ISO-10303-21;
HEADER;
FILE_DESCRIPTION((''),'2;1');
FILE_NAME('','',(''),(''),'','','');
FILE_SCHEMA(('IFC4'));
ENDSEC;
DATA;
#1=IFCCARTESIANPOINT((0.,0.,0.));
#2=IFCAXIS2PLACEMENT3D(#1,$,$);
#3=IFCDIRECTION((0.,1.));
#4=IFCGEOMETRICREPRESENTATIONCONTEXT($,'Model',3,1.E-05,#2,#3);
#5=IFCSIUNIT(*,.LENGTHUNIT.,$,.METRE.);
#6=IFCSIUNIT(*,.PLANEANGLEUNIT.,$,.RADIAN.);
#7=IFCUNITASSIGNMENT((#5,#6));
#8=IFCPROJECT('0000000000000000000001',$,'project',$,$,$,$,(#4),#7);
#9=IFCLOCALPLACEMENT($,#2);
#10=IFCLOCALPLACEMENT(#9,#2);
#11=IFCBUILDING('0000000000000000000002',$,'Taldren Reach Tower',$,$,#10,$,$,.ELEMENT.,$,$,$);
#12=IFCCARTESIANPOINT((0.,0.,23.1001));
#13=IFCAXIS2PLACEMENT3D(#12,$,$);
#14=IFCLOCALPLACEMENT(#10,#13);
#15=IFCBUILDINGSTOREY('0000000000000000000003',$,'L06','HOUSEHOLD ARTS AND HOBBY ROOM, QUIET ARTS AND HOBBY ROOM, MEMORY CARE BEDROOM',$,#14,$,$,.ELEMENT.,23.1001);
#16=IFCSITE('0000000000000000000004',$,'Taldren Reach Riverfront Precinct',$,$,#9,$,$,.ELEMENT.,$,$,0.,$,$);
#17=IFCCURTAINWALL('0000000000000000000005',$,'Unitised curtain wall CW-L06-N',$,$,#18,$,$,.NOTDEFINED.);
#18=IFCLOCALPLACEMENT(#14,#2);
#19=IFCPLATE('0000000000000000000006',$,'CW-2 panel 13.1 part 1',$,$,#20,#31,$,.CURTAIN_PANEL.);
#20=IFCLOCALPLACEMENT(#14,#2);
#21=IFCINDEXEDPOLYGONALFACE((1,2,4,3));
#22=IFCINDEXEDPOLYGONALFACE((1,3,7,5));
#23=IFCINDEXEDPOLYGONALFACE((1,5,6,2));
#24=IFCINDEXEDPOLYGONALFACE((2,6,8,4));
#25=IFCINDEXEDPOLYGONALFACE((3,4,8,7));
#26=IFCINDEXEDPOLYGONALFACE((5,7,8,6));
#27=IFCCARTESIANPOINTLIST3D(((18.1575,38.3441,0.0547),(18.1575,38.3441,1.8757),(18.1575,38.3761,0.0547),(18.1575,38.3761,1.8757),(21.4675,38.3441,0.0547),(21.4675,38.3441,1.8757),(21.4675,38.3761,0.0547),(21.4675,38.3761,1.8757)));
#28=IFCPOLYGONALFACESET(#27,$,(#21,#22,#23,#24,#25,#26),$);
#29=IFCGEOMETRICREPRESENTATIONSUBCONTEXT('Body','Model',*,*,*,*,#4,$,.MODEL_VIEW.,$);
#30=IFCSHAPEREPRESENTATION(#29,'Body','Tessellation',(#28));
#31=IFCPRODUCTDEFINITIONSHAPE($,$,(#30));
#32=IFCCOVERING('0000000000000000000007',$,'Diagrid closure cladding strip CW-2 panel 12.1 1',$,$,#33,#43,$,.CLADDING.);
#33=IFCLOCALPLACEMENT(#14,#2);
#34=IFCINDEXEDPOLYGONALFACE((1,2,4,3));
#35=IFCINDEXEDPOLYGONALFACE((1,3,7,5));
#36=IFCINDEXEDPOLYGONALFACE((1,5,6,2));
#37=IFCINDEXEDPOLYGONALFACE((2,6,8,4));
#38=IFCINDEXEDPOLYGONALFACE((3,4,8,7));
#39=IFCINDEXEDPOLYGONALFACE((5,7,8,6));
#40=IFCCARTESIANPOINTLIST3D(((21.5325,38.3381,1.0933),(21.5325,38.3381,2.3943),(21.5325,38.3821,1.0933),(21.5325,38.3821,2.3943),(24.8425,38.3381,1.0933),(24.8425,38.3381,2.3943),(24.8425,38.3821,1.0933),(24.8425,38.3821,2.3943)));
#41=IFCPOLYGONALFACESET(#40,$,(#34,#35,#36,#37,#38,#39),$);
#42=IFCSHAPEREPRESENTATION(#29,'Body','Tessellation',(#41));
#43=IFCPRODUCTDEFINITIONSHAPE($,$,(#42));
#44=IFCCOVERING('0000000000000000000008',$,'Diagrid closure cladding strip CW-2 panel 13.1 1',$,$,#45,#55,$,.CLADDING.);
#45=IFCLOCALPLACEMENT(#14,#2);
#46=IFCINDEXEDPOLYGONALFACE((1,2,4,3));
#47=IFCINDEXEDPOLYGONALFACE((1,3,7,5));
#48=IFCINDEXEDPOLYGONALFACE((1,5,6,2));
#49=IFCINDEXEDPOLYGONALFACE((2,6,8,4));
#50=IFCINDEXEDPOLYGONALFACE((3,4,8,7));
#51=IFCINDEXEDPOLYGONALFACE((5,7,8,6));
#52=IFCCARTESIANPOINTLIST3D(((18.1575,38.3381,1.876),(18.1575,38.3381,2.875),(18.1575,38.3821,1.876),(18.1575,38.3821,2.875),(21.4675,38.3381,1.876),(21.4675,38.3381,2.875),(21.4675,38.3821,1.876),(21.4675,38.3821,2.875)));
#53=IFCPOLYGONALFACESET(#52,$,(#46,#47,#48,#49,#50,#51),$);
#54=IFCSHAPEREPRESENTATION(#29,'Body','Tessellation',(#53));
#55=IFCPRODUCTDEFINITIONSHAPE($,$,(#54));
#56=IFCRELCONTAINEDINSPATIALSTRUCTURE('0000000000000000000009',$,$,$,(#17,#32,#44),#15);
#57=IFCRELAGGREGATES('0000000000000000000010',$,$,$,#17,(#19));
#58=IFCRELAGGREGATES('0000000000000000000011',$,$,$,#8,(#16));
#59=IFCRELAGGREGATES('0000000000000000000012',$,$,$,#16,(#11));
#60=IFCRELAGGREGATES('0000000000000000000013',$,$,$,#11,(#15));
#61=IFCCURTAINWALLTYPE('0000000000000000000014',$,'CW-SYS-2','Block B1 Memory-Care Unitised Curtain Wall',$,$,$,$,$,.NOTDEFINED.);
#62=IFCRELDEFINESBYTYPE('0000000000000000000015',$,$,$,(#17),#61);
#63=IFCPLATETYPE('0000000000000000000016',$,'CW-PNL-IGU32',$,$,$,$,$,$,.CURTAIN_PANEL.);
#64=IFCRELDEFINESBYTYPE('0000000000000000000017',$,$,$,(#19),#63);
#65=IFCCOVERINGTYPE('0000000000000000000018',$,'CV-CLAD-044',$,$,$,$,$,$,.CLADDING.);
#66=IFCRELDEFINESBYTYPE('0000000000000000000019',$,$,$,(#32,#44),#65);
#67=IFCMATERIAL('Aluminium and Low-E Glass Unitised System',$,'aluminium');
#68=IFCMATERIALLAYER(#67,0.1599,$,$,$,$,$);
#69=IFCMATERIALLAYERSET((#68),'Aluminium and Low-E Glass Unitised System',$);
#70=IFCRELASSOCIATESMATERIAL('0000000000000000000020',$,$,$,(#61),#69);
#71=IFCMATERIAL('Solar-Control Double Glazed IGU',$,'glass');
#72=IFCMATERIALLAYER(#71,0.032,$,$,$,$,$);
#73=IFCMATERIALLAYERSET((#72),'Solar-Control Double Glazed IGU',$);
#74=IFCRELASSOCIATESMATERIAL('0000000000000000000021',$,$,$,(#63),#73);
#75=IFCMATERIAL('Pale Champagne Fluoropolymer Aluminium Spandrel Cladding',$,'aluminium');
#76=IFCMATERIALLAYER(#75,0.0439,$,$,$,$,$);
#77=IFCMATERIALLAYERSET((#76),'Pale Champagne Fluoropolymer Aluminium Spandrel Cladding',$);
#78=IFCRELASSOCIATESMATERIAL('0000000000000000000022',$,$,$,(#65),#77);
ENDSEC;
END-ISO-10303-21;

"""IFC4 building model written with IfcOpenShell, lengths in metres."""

from ifc_helpers import new_model, si_unit, direction, frame, origin, origin_2d, place, context, subcontext, project, spatial, rectangle, extrude, source, transform, mapped, material, layer, layer_set, type_object, element, aggregate, save


model = new_model("IFC4")

# Units and contexts
model_context = context("Model", 3, precision=1e-05, world=origin(), true_north=direction((0.0, 1.0)))
body_context = subcontext(model_context, "Body", "Model", "MODEL_VIEW")
ifc_project = project(units=[si_unit("LENGTHUNIT", "METRE"), si_unit("PLANEANGLEUNIT", "RADIAN")], contexts=[model_context])

# Site, building, storey
site_placement = place(None, origin())
site = spatial("IfcSite", under=ifc_project, at=site_placement, Name="Taldren Reach Riverfront Precinct", CompositionType="ELEMENT", RefElevation=0.0)
building_placement = place(site_placement, origin())
building = spatial("IfcBuilding", under=site, at=building_placement, Name="Taldren Reach Tower", CompositionType="ELEMENT")
storey_placement = place(building_placement, frame((0.0, 0.0, 23.1001)))
storey = spatial("IfcBuildingStorey", under=building, at=storey_placement, Name="L06", Description="HOUSEHOLD ARTS AND HOBBY ROOM, QUIET ARTS AND HOBBY ROOM, MEMORY CARE BEDROOM", CompositionType="ELEMENT", Elevation=23.1001)

# Curtain wall
ifc_material_1 = material(Name="Aluminium and Low-E Glass Unitised System", Category="aluminium")
ifc_layer_1 = layer(ifc_material_1, 0.1599)
ifc_layer_set_1 = layer_set([ifc_layer_1], Name="Aluminium and Low-E Glass Unitised System")
curtain_wall_type = type_object("IfcCurtainWallType", Name="CW-SYS-2", Description="Block B1 Memory-Care Unitised Curtain Wall", PredefinedType="NOTDEFINED", material=ifc_layer_set_1)
curtain_wall_placement = place(storey_placement, origin())
curtain_wall = element("IfcCurtainWall", 1, at=curtain_wall_placement, inside=storey, type_object=curtain_wall_type, Name="Unitised curtain wall CW-L06-N", PredefinedType="NOTDEFINED")

# Plate
ifc_material_2 = material(Name="Solar-Control Double Glazed IGU", Category="glass")
ifc_layer_2 = layer(ifc_material_2, 0.032)
ifc_layer_set_2 = layer_set([ifc_layer_2], Name="Solar-Control Double Glazed IGU")
plate_type_1 = type_object("IfcPlateType", Name="CW-PNL-IGU32", PredefinedType="CURTAIN_PANEL", material=ifc_layer_set_2)
shared_shape_1 = source(origin(), body_context, "Body", "SweptSolid", [
    extrude(rectangle(XDim=3.3101, YDim=0.032, at=origin_2d()), origin(), (0.0, 0.0, 1.0), 1.821),
])
plate_1_placement = place(storey_placement, frame((19.8125, 38.3601, 0.0547), z_axis=(0.0, 0.0, 1.0), x_axis=(-1.0, 0.0, 0.0)))
plate_1 = element("IfcPlate", 2, at=plate_1_placement, type_object=plate_type_1, Name="CW-2 panel 13.1 part 1", PredefinedType="CURTAIN_PANEL", context=body_context, shape_type="MappedRepresentation", body=[
    mapped(shared_shape_1, transform((0.0, 0.0, 0.0), scale=1.0)),
])
aggregate(curtain_wall, [plate_1])

# Coverings
ifc_material_3 = material(Name="Pale Champagne Fluoropolymer Aluminium Spandrel Cladding", Category="aluminium")
ifc_layer_3 = layer(ifc_material_3, 0.0439)
ifc_layer_set_3 = layer_set([ifc_layer_3], Name="Pale Champagne Fluoropolymer Aluminium Spandrel Cladding")
covering_type = type_object("IfcCoveringType", Name="CV-CLAD-044", PredefinedType="CLADDING", material=ifc_layer_set_3)
shared_shape_2 = source(origin(), body_context, "Body", "SweptSolid", [
    extrude(rectangle(XDim=3.3101, YDim=0.0439, at=origin_2d()), origin(), (0.0, 0.0, 1.0), 1.301),
])
covering_1_placement = place(storey_placement, frame((23.1875, 38.3601, 1.0933), z_axis=(0.0, 0.0, 1.0), x_axis=(-1.0, 0.0, 0.0)))
element("IfcCovering", 3, at=covering_1_placement, inside=storey, type_object=covering_type, Name="Diagrid closure cladding strip CW-2 panel 12.1 1", PredefinedType="CLADDING", context=body_context, shape_type="MappedRepresentation", body=[
    mapped(shared_shape_2, transform((0.0, 0.0, 0.0), scale=1.0)),
])
shared_shape_3 = source(origin(), body_context, "Body", "SweptSolid", [
    extrude(rectangle(XDim=3.3101, YDim=0.0439, at=origin_2d()), origin(), (0.0, 0.0, 1.0), 0.999),
])
covering_2_placement = place(storey_placement, frame((19.8125, 38.3601, 1.876), z_axis=(0.0, 0.0, 1.0), x_axis=(-1.0, 0.0, 0.0)))
element("IfcCovering", 4, at=covering_2_placement, inside=storey, type_object=covering_type, Name="Diagrid closure cladding strip CW-2 panel 13.1 1", PredefinedType="CLADDING", context=body_context, shape_type="MappedRepresentation", body=[
    mapped(shared_shape_3, transform((0.0, 0.0, 0.0), scale=1.0)),
])

save(model, "model.ifc")
